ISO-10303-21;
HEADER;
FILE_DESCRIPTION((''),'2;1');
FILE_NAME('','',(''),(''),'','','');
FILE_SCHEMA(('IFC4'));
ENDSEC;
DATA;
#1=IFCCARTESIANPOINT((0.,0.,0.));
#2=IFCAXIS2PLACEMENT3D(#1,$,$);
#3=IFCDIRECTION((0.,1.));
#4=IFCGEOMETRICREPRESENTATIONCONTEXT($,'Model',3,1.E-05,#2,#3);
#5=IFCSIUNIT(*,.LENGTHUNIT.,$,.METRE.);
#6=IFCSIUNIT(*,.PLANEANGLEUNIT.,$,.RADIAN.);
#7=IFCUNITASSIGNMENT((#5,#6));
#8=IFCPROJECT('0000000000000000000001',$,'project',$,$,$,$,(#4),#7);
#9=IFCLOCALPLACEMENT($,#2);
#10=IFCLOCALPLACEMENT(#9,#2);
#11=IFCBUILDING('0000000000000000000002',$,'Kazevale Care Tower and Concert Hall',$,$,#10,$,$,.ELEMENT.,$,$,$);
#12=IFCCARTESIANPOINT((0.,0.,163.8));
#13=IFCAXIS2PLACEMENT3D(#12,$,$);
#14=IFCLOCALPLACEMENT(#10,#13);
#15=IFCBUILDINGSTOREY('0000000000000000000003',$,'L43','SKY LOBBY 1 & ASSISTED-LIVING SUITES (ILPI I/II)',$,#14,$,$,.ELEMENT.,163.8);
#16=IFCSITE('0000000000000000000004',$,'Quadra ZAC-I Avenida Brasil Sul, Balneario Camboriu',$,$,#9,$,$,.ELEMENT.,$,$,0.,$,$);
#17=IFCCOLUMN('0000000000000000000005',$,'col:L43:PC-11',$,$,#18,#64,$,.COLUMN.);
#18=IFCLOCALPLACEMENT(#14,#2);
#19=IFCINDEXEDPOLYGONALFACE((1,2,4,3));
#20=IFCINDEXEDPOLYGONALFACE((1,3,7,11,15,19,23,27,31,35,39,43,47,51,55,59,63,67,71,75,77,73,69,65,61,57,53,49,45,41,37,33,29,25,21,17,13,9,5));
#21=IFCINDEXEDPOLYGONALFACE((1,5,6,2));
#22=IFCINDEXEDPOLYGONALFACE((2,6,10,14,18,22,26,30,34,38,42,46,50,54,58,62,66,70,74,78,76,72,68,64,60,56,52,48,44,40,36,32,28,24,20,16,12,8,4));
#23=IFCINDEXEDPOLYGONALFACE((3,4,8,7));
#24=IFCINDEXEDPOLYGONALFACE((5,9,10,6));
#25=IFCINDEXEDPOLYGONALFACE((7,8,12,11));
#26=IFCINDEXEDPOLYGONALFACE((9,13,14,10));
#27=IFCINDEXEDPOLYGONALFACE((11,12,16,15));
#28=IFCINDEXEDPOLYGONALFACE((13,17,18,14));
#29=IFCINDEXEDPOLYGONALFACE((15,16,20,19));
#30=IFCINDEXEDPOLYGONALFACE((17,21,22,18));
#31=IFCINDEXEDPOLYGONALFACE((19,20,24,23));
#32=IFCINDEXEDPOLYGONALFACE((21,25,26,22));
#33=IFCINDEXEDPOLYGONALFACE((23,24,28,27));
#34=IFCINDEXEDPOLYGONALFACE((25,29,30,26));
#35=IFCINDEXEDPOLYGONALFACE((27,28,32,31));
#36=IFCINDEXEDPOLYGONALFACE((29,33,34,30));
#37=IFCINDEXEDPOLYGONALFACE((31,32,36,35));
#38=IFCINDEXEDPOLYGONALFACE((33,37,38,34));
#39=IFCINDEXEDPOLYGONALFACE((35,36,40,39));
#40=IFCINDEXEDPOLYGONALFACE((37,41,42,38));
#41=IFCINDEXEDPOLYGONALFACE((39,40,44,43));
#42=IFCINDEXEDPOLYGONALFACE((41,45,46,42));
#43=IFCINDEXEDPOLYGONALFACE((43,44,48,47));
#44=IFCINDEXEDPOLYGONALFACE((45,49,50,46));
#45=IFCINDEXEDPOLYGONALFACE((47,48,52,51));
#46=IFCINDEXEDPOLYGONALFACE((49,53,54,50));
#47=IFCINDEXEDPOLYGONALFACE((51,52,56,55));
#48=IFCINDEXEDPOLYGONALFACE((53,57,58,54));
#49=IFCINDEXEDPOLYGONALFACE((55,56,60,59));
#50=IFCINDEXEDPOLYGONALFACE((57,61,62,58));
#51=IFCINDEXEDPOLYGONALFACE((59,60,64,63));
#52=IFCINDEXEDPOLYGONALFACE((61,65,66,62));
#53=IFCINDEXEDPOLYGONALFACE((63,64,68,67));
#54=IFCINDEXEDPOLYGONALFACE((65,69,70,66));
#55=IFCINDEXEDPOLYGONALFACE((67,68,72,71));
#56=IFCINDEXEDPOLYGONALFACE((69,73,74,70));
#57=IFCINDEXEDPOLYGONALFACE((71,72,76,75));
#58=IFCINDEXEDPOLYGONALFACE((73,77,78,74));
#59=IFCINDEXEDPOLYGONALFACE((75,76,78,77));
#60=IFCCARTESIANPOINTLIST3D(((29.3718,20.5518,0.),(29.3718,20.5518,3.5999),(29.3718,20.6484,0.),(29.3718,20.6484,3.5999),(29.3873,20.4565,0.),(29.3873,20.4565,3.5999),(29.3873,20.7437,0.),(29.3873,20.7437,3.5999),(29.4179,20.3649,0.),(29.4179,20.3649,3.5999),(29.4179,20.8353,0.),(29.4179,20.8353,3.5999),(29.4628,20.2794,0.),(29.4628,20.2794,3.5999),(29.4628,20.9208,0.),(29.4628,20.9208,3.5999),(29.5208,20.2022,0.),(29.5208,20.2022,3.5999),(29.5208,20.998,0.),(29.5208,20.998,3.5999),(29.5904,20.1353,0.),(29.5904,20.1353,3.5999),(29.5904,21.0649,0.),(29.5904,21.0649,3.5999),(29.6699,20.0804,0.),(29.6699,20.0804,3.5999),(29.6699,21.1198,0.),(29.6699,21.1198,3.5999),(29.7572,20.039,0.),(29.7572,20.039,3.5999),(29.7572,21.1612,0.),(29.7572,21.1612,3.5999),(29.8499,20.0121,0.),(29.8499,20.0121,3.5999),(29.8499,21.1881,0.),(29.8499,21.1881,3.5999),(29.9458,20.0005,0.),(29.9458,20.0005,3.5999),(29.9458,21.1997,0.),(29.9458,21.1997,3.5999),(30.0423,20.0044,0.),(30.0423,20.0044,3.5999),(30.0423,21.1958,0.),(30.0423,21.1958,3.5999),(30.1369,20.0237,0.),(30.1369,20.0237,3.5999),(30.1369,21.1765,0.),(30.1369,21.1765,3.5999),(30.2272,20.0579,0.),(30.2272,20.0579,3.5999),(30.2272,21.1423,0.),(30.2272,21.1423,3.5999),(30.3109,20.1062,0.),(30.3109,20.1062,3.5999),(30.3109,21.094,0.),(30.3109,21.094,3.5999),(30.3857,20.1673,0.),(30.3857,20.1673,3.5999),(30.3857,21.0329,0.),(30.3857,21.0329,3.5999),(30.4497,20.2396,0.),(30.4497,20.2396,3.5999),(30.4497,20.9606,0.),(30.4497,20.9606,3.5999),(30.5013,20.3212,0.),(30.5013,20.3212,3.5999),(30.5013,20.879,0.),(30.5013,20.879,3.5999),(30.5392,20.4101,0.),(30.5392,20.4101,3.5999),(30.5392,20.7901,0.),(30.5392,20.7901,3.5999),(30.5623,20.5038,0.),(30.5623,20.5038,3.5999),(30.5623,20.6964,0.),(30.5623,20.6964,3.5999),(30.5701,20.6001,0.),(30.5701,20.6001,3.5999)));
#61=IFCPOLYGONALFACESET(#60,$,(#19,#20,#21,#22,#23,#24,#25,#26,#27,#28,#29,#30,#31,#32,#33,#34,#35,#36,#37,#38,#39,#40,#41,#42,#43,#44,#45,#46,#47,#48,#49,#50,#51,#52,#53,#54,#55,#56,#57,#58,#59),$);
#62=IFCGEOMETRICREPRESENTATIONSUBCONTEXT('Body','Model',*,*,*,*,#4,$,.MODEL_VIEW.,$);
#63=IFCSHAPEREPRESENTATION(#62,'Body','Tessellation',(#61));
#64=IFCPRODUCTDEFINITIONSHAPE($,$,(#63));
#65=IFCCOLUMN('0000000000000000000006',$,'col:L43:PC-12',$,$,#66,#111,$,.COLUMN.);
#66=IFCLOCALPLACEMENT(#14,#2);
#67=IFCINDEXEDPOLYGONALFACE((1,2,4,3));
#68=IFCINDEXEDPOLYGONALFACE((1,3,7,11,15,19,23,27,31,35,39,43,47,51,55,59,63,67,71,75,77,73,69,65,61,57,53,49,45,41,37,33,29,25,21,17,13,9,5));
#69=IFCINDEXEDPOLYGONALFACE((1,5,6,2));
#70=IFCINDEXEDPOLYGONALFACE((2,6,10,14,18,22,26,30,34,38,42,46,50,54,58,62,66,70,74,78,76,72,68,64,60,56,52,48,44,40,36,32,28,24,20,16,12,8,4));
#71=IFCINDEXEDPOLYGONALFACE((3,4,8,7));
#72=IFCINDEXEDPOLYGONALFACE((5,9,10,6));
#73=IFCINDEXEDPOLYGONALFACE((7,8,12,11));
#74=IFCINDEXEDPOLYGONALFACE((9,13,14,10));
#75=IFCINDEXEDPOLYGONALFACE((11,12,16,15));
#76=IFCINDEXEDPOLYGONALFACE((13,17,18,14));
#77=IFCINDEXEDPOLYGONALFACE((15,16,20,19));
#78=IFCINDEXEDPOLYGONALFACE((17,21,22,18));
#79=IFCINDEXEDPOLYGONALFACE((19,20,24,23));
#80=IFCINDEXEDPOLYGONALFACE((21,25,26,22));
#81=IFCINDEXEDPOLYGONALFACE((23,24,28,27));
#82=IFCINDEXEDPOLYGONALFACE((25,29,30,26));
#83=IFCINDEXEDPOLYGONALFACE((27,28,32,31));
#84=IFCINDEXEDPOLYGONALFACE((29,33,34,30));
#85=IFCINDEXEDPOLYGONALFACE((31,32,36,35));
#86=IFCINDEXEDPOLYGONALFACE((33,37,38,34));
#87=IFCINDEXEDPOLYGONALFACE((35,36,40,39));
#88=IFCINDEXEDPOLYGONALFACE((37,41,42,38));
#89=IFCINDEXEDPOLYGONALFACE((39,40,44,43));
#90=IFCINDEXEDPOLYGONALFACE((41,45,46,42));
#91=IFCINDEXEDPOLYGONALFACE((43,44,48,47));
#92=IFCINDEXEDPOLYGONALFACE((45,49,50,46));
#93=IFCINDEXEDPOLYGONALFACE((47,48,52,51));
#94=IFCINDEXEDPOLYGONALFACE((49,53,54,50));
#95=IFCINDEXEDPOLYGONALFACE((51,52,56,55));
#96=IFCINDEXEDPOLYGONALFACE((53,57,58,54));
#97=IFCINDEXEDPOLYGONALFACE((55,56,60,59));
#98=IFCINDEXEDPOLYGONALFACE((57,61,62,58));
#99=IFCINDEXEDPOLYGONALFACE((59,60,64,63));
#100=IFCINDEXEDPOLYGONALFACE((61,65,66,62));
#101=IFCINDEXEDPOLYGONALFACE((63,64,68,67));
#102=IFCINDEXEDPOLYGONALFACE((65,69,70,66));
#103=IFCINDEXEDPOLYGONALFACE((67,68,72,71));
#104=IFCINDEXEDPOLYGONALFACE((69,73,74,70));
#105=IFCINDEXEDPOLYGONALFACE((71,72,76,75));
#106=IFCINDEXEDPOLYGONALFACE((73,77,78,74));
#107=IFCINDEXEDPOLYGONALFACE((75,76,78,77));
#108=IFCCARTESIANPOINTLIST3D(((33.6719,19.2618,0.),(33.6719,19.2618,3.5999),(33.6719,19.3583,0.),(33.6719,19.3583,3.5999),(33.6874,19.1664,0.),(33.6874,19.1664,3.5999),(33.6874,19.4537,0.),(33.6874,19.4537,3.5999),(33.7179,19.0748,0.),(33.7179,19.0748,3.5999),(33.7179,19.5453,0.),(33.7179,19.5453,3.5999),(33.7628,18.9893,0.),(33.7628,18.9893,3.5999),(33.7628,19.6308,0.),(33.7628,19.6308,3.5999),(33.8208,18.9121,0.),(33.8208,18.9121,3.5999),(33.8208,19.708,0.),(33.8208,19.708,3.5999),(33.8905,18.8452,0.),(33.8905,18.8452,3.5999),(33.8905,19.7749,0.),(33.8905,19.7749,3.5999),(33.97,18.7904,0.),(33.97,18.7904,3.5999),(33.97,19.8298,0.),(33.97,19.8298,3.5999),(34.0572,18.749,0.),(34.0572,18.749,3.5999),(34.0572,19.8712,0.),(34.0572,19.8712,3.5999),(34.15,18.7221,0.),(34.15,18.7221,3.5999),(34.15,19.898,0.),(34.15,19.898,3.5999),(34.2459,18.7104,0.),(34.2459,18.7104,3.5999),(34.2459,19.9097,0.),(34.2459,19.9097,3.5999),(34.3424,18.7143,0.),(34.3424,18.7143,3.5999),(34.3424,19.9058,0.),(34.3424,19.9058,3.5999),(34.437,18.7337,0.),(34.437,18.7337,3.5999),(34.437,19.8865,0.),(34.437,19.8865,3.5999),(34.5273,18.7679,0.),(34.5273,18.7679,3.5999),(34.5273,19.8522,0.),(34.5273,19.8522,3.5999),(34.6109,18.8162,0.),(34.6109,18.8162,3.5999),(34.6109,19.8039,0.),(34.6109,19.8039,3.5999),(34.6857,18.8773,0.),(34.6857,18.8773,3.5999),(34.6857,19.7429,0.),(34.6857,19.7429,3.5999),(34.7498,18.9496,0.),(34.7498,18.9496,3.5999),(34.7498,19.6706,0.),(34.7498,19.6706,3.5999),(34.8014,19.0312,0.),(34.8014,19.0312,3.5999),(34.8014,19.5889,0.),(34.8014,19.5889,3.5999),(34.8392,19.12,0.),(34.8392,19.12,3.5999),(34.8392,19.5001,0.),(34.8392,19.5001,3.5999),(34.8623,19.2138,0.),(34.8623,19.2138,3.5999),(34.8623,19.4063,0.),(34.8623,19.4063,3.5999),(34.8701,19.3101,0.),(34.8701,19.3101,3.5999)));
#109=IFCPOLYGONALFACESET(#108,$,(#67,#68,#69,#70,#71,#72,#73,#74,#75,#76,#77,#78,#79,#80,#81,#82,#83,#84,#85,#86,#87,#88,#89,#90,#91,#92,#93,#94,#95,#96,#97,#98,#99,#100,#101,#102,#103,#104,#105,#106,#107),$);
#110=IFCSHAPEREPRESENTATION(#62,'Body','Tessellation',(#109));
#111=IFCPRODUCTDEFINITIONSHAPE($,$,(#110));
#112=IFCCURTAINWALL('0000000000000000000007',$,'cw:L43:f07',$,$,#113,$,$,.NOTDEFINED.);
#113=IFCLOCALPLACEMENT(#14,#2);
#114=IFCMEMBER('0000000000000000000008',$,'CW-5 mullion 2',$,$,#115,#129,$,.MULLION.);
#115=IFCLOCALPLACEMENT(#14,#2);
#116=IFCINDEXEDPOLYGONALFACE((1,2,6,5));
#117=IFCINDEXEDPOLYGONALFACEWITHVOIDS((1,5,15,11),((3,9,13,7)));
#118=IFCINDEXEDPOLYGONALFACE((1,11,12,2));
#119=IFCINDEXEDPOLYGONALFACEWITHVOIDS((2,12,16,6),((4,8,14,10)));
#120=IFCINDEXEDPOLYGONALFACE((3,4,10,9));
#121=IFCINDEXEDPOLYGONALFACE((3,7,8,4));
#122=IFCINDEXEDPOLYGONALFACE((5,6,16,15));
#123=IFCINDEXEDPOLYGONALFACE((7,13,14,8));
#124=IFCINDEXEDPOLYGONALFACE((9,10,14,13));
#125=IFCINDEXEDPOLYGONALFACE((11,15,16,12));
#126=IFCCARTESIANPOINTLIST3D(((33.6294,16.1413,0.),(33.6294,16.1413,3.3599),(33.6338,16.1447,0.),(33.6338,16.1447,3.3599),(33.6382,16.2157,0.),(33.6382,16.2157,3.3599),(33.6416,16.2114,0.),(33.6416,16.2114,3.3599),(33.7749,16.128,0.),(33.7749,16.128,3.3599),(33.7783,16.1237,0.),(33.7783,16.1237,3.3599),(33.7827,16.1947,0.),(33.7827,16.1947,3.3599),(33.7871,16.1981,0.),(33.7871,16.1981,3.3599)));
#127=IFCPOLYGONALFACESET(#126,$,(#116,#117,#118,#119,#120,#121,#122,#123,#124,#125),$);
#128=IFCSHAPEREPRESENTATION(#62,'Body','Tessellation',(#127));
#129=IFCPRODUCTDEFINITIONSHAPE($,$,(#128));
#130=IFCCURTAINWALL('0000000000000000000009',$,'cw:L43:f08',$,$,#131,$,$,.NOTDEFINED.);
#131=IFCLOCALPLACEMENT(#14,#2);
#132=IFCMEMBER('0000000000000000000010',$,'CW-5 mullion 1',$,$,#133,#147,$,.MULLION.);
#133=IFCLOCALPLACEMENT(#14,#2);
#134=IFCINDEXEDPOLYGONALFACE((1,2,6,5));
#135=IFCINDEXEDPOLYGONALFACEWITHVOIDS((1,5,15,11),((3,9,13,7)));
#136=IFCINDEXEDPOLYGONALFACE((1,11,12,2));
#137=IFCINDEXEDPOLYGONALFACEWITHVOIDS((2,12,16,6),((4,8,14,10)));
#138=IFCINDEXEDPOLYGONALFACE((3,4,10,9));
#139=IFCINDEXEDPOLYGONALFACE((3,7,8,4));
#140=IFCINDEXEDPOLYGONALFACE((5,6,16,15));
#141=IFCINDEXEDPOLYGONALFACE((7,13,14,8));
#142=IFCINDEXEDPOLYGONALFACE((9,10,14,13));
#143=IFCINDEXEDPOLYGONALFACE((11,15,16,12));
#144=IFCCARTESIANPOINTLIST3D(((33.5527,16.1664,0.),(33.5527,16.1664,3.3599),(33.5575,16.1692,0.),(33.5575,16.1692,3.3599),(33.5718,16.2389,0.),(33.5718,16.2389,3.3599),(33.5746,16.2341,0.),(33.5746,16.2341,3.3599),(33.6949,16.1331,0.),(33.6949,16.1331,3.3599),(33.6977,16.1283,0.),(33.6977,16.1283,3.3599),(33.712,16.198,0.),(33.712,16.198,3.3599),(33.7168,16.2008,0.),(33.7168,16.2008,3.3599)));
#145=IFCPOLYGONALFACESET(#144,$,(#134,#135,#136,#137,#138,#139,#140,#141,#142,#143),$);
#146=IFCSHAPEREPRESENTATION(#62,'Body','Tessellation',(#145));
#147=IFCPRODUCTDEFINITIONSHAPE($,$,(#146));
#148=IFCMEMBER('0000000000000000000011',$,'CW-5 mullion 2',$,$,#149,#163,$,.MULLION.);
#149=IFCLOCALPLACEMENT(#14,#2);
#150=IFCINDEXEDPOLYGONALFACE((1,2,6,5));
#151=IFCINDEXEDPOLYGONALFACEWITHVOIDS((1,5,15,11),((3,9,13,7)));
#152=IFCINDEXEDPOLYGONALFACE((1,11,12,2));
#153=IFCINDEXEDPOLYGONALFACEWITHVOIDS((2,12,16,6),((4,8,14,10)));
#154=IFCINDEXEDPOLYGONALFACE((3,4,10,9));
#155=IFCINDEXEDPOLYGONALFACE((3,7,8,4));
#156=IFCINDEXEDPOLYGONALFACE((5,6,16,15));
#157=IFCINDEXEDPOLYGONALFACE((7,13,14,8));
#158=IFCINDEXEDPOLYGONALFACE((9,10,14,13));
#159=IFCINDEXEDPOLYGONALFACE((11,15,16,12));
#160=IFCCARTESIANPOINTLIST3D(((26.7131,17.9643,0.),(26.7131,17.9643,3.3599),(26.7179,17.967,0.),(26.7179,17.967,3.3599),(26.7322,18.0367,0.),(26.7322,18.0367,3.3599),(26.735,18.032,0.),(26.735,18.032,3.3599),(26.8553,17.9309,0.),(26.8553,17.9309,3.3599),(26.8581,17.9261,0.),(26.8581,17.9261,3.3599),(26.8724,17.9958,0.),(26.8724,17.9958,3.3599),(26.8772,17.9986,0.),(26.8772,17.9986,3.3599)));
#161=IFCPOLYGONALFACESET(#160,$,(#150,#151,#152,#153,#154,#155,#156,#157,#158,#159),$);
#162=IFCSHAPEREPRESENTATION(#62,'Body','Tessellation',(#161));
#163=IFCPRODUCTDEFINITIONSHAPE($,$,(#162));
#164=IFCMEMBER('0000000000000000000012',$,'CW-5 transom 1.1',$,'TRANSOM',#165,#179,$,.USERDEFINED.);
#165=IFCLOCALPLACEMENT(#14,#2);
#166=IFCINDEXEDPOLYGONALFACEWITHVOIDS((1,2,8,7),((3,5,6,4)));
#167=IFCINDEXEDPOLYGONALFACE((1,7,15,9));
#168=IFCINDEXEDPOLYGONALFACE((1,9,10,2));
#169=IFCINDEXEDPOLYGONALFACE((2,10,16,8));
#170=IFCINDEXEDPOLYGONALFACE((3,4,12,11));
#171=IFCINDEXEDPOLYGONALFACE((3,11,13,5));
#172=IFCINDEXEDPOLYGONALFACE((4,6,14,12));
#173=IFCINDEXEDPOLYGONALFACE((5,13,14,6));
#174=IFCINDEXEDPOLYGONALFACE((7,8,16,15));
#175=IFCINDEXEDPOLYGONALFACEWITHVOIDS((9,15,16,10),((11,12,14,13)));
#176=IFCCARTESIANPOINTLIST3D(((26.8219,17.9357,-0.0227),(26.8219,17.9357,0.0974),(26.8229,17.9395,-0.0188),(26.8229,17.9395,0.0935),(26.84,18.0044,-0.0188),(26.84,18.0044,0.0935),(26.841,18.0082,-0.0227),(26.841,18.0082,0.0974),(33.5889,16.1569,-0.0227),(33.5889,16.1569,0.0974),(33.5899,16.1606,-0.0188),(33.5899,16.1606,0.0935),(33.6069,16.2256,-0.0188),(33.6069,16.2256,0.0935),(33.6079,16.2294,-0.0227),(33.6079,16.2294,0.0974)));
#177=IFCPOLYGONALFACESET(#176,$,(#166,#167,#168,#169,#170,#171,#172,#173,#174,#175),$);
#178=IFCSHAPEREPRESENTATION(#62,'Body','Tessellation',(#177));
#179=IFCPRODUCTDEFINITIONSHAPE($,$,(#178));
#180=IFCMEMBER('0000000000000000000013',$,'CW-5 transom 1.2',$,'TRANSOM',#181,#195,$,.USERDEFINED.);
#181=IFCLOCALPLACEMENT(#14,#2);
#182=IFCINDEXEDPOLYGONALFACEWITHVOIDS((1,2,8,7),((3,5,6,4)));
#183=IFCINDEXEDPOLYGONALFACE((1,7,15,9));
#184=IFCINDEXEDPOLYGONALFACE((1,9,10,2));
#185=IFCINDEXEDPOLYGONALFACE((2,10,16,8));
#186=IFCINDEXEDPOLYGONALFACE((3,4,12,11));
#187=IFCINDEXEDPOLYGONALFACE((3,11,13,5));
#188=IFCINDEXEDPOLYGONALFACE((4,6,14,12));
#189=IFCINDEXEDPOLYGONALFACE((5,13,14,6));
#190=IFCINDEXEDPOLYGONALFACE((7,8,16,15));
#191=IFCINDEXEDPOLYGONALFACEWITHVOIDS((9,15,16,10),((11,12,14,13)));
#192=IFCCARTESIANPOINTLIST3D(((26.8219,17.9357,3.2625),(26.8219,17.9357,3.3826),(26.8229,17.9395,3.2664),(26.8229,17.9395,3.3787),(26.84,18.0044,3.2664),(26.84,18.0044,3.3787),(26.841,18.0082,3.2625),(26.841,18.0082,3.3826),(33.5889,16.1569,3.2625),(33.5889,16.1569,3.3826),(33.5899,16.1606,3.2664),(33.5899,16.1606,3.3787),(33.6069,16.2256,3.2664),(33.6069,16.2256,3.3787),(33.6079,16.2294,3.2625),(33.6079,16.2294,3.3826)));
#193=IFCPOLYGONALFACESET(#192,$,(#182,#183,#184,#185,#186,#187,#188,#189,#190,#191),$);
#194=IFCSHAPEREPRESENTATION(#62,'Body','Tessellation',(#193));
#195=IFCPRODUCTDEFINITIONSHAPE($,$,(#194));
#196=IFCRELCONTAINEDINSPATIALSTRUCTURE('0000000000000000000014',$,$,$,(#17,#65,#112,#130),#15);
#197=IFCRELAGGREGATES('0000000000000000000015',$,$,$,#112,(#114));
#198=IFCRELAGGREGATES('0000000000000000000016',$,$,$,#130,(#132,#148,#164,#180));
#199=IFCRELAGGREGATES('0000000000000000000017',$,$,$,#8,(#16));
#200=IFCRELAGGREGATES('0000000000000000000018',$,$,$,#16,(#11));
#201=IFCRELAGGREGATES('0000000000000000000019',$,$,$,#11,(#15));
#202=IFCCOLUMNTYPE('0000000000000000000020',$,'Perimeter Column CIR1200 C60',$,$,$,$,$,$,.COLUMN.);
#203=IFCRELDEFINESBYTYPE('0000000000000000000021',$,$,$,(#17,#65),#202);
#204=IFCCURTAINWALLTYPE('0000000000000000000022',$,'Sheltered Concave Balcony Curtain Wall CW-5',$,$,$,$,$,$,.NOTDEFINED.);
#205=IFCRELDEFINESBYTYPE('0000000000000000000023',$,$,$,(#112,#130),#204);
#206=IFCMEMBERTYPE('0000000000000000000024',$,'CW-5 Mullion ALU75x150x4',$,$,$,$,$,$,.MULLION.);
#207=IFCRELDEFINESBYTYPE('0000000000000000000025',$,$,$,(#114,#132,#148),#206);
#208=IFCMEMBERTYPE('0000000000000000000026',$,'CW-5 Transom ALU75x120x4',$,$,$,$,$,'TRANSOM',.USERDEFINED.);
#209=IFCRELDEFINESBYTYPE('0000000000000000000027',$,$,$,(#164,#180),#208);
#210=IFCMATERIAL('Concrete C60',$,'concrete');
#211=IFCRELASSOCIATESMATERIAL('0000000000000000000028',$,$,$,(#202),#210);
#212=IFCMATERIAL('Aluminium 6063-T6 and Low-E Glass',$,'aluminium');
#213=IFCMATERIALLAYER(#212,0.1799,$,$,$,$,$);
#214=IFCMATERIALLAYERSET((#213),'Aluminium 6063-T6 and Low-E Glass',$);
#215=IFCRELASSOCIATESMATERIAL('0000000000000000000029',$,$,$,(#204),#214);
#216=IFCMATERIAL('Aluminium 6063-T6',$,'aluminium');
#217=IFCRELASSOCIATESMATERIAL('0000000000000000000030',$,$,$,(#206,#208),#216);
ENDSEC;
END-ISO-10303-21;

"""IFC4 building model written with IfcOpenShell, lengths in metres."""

from ifc_helpers import new_model, si_unit, direction, frame, origin, origin_2d, place, context, subcontext, project, spatial, hollow_rectangle, circle, extrude, material, layer, layer_set, material_profile, profile_set, type_object, element, aggregate, save


model = new_model("IFC4")

# Units and contexts
model_context = context("Model", 3, precision=1e-05, world=origin(), true_north=direction((0.0, 1.0)))
body_context = subcontext(model_context, "Body", "Model", "MODEL_VIEW")
ifc_project = project(units=[si_unit("LENGTHUNIT", "METRE"), si_unit("PLANEANGLEUNIT", "RADIAN")], contexts=[model_context])

# Site, building, storey
site_placement = place(None, origin())
site = spatial("IfcSite", under=ifc_project, at=site_placement, Name="Quadra ZAC-I Avenida Brasil Sul, Balneario Camboriu", CompositionType="ELEMENT", RefElevation=0.0)
building_placement = place(site_placement, origin())
building = spatial("IfcBuilding", under=site, at=building_placement, Name="Kazevale Care Tower and Concert Hall", CompositionType="ELEMENT")
storey_placement = place(building_placement, frame((0.0, 0.0, 163.8)))
storey = spatial("IfcBuildingStorey", under=building, at=storey_placement, Name="L43", Description="SKY LOBBY 1 & ASSISTED-LIVING SUITES (ILPI I/II)", CompositionType="ELEMENT", Elevation=163.8)

# Columns
ifc_material_1 = material(Name="Concrete C60", Category="concrete")
ifc_material_profile_1 = material_profile(ifc_material_1, circle(Radius=0.6001, at=origin_2d()), Name="RC-CIR1200")
ifc_profile_set_1 = profile_set([ifc_material_profile_1], Name="Concrete C60")
column_type = type_object("IfcColumnType", Name="Perimeter Column CIR1200 C60", PredefinedType="COLUMN", material=ifc_profile_set_1)
for number, where, z_axis, x_axis, name in (
    (1, (29.97, 20.6001, 0.0), (0.0, 0.0, 1.0), (1.0, 0.0, 0.0), "col:L43:PC-11"),
    (2, (34.27, 19.3101, 0.0), (0.0, 0.0, 1.0), (1.0, 0.0, 0.0), "col:L43:PC-12"),
):
    element("IfcColumn", number, at=place(storey_placement, frame(where, z_axis=z_axis, x_axis=x_axis)), inside=storey, type_object=column_type, Name=name, PredefinedType="COLUMN", context=body_context, shape_type="SweptSolid", body=[
        extrude(circle(Radius=0.6001, at=origin_2d()), origin(), (0.0, 0.0, 1.0), 3.5999),
    ])

# Curtain wall, member
ifc_material_2 = material(Name="Aluminium 6063-T6 and Low-E Glass", Category="aluminium")
ifc_layer_1 = layer(ifc_material_2, 0.1799)
ifc_layer_set_1 = layer_set([ifc_layer_1], Name="Aluminium 6063-T6 and Low-E Glass")
curtain_wall_type = type_object("IfcCurtainWallType", Name="Sheltered Concave Balcony Curtain Wall CW-5", PredefinedType="NOTDEFINED", material=ifc_layer_set_1)
curtain_wall_1_placement = place(storey_placement, origin())
curtain_wall_1 = element("IfcCurtainWall", 3, at=curtain_wall_1_placement, inside=storey, type_object=curtain_wall_type, Name="cw:L43:f07", PredefinedType="NOTDEFINED")
ifc_material_3 = material(Name="Aluminium 6063-T6", Category="aluminium")
ifc_material_profile_2 = material_profile(ifc_material_3, hollow_rectangle(XDim=0.075, YDim=0.1499, WallThickness=0.0039, at=origin_2d()), Name="ALU75x150x4")
ifc_profile_set_2 = profile_set([ifc_material_profile_2], Name="Aluminium 6063-T6")
member_type_1 = type_object("IfcMemberType", Name="CW-5 Mullion ALU75x150x4", PredefinedType="MULLION", material=ifc_profile_set_2)
member_1_placement = place(storey_placement, frame((33.7083, 16.1697, 0.0), z_axis=(0.0, 0.0, 1.0), x_axis=(-0.117372, -0.993088, 0.0)))
member_1 = element("IfcMember", 4, at=member_1_placement, type_object=member_type_1, Name="CW-5 mullion 2", PredefinedType="MULLION", context=body_context, shape_type="SweptSolid", body=[
    extrude(hollow_rectangle(XDim=0.075, YDim=0.1499, WallThickness=0.0039, at=origin_2d()), origin(), (0.0, 0.0, 1.0), 3.3599),
])

# Curtain wall, members
curtain_wall_2_placement = place(storey_placement, origin())
curtain_wall_2 = element("IfcCurtainWall", 5, at=curtain_wall_2_placement, inside=storey, type_object=curtain_wall_type, Name="cw:L43:f08", PredefinedType="NOTDEFINED")
member_2_placement = place(storey_placement, frame((33.6348, 16.1836, 0.0), z_axis=(0.0, 0.0, 1.0), x_axis=(-0.254238, -0.967142, 0.0)))
member_2 = element("IfcMember", 6, at=member_2_placement, type_object=member_type_1, Name="CW-5 mullion 1", PredefinedType="MULLION", context=body_context, shape_type="SweptSolid", body=[
    extrude(hollow_rectangle(XDim=0.075, YDim=0.1499, WallThickness=0.0039, at=origin_2d()), origin(), (0.0, 0.0, 1.0), 3.3599),
])
member_3_placement = place(storey_placement, frame((26.7952, 17.9814, 0.0), z_axis=(0.0, 0.0, 1.0), x_axis=(-0.254238, -0.967142, 0.0)))
member_3 = element("IfcMember", 7, at=member_3_placement, type_object=member_type_1, Name="CW-5 mullion 2", PredefinedType="MULLION", context=body_context, shape_type="SweptSolid", body=[
    extrude(hollow_rectangle(XDim=0.075, YDim=0.1499, WallThickness=0.0039, at=origin_2d()), origin(), (0.0, 0.0, 1.0), 3.3599),
])
ifc_material_profile_3 = material_profile(ifc_material_3, hollow_rectangle(XDim=0.075, YDim=0.1201, WallThickness=0.0039, at=origin_2d()), Name="ALU75x120x4")
ifc_profile_set_3 = profile_set([ifc_material_profile_3], Name="Aluminium 6063-T6")
member_type_2 = type_object("IfcMemberType", Name="CW-5 Transom ALU75x120x4", ElementType="TRANSOM", PredefinedType="USERDEFINED", material=ifc_profile_set_3)
member_4_placement = place(storey_placement, frame((33.5984, 16.1931, 0.0374), z_axis=(-0.967143, 0.254234, 0.0), x_axis=(-0.254234, -0.967143, 0.0)))
member_4 = element("IfcMember", 8, at=member_4_placement, type_object=member_type_2, Name="CW-5 transom 1.1", ObjectType="TRANSOM", PredefinedType="USERDEFINED", context=body_context, shape_type="SweptSolid", body=[
    extrude(hollow_rectangle(XDim=0.075, YDim=0.1201, WallThickness=0.0039, at=origin_2d()), origin(), (0.0, 0.0, 1.0), 6.9968),
])
member_5_placement = place(storey_placement, frame((33.5984, 16.1931, 3.3225), z_axis=(-0.967143, 0.254234, 0.0), x_axis=(-0.254234, -0.967143, 0.0)))
member_5 = element("IfcMember", 9, at=member_5_placement, type_object=member_type_2, Name="CW-5 transom 1.2", ObjectType="TRANSOM", PredefinedType="USERDEFINED", context=body_context, shape_type="SweptSolid", body=[
    extrude(hollow_rectangle(XDim=0.075, YDim=0.1201, WallThickness=0.0039, at=origin_2d()), origin(), (0.0, 0.0, 1.0), 6.9968),
])

aggregate(curtain_wall_1, [member_1])
aggregate(curtain_wall_2, [member_2, member_3, member_4, member_5])

save(model, "model.ifc")
